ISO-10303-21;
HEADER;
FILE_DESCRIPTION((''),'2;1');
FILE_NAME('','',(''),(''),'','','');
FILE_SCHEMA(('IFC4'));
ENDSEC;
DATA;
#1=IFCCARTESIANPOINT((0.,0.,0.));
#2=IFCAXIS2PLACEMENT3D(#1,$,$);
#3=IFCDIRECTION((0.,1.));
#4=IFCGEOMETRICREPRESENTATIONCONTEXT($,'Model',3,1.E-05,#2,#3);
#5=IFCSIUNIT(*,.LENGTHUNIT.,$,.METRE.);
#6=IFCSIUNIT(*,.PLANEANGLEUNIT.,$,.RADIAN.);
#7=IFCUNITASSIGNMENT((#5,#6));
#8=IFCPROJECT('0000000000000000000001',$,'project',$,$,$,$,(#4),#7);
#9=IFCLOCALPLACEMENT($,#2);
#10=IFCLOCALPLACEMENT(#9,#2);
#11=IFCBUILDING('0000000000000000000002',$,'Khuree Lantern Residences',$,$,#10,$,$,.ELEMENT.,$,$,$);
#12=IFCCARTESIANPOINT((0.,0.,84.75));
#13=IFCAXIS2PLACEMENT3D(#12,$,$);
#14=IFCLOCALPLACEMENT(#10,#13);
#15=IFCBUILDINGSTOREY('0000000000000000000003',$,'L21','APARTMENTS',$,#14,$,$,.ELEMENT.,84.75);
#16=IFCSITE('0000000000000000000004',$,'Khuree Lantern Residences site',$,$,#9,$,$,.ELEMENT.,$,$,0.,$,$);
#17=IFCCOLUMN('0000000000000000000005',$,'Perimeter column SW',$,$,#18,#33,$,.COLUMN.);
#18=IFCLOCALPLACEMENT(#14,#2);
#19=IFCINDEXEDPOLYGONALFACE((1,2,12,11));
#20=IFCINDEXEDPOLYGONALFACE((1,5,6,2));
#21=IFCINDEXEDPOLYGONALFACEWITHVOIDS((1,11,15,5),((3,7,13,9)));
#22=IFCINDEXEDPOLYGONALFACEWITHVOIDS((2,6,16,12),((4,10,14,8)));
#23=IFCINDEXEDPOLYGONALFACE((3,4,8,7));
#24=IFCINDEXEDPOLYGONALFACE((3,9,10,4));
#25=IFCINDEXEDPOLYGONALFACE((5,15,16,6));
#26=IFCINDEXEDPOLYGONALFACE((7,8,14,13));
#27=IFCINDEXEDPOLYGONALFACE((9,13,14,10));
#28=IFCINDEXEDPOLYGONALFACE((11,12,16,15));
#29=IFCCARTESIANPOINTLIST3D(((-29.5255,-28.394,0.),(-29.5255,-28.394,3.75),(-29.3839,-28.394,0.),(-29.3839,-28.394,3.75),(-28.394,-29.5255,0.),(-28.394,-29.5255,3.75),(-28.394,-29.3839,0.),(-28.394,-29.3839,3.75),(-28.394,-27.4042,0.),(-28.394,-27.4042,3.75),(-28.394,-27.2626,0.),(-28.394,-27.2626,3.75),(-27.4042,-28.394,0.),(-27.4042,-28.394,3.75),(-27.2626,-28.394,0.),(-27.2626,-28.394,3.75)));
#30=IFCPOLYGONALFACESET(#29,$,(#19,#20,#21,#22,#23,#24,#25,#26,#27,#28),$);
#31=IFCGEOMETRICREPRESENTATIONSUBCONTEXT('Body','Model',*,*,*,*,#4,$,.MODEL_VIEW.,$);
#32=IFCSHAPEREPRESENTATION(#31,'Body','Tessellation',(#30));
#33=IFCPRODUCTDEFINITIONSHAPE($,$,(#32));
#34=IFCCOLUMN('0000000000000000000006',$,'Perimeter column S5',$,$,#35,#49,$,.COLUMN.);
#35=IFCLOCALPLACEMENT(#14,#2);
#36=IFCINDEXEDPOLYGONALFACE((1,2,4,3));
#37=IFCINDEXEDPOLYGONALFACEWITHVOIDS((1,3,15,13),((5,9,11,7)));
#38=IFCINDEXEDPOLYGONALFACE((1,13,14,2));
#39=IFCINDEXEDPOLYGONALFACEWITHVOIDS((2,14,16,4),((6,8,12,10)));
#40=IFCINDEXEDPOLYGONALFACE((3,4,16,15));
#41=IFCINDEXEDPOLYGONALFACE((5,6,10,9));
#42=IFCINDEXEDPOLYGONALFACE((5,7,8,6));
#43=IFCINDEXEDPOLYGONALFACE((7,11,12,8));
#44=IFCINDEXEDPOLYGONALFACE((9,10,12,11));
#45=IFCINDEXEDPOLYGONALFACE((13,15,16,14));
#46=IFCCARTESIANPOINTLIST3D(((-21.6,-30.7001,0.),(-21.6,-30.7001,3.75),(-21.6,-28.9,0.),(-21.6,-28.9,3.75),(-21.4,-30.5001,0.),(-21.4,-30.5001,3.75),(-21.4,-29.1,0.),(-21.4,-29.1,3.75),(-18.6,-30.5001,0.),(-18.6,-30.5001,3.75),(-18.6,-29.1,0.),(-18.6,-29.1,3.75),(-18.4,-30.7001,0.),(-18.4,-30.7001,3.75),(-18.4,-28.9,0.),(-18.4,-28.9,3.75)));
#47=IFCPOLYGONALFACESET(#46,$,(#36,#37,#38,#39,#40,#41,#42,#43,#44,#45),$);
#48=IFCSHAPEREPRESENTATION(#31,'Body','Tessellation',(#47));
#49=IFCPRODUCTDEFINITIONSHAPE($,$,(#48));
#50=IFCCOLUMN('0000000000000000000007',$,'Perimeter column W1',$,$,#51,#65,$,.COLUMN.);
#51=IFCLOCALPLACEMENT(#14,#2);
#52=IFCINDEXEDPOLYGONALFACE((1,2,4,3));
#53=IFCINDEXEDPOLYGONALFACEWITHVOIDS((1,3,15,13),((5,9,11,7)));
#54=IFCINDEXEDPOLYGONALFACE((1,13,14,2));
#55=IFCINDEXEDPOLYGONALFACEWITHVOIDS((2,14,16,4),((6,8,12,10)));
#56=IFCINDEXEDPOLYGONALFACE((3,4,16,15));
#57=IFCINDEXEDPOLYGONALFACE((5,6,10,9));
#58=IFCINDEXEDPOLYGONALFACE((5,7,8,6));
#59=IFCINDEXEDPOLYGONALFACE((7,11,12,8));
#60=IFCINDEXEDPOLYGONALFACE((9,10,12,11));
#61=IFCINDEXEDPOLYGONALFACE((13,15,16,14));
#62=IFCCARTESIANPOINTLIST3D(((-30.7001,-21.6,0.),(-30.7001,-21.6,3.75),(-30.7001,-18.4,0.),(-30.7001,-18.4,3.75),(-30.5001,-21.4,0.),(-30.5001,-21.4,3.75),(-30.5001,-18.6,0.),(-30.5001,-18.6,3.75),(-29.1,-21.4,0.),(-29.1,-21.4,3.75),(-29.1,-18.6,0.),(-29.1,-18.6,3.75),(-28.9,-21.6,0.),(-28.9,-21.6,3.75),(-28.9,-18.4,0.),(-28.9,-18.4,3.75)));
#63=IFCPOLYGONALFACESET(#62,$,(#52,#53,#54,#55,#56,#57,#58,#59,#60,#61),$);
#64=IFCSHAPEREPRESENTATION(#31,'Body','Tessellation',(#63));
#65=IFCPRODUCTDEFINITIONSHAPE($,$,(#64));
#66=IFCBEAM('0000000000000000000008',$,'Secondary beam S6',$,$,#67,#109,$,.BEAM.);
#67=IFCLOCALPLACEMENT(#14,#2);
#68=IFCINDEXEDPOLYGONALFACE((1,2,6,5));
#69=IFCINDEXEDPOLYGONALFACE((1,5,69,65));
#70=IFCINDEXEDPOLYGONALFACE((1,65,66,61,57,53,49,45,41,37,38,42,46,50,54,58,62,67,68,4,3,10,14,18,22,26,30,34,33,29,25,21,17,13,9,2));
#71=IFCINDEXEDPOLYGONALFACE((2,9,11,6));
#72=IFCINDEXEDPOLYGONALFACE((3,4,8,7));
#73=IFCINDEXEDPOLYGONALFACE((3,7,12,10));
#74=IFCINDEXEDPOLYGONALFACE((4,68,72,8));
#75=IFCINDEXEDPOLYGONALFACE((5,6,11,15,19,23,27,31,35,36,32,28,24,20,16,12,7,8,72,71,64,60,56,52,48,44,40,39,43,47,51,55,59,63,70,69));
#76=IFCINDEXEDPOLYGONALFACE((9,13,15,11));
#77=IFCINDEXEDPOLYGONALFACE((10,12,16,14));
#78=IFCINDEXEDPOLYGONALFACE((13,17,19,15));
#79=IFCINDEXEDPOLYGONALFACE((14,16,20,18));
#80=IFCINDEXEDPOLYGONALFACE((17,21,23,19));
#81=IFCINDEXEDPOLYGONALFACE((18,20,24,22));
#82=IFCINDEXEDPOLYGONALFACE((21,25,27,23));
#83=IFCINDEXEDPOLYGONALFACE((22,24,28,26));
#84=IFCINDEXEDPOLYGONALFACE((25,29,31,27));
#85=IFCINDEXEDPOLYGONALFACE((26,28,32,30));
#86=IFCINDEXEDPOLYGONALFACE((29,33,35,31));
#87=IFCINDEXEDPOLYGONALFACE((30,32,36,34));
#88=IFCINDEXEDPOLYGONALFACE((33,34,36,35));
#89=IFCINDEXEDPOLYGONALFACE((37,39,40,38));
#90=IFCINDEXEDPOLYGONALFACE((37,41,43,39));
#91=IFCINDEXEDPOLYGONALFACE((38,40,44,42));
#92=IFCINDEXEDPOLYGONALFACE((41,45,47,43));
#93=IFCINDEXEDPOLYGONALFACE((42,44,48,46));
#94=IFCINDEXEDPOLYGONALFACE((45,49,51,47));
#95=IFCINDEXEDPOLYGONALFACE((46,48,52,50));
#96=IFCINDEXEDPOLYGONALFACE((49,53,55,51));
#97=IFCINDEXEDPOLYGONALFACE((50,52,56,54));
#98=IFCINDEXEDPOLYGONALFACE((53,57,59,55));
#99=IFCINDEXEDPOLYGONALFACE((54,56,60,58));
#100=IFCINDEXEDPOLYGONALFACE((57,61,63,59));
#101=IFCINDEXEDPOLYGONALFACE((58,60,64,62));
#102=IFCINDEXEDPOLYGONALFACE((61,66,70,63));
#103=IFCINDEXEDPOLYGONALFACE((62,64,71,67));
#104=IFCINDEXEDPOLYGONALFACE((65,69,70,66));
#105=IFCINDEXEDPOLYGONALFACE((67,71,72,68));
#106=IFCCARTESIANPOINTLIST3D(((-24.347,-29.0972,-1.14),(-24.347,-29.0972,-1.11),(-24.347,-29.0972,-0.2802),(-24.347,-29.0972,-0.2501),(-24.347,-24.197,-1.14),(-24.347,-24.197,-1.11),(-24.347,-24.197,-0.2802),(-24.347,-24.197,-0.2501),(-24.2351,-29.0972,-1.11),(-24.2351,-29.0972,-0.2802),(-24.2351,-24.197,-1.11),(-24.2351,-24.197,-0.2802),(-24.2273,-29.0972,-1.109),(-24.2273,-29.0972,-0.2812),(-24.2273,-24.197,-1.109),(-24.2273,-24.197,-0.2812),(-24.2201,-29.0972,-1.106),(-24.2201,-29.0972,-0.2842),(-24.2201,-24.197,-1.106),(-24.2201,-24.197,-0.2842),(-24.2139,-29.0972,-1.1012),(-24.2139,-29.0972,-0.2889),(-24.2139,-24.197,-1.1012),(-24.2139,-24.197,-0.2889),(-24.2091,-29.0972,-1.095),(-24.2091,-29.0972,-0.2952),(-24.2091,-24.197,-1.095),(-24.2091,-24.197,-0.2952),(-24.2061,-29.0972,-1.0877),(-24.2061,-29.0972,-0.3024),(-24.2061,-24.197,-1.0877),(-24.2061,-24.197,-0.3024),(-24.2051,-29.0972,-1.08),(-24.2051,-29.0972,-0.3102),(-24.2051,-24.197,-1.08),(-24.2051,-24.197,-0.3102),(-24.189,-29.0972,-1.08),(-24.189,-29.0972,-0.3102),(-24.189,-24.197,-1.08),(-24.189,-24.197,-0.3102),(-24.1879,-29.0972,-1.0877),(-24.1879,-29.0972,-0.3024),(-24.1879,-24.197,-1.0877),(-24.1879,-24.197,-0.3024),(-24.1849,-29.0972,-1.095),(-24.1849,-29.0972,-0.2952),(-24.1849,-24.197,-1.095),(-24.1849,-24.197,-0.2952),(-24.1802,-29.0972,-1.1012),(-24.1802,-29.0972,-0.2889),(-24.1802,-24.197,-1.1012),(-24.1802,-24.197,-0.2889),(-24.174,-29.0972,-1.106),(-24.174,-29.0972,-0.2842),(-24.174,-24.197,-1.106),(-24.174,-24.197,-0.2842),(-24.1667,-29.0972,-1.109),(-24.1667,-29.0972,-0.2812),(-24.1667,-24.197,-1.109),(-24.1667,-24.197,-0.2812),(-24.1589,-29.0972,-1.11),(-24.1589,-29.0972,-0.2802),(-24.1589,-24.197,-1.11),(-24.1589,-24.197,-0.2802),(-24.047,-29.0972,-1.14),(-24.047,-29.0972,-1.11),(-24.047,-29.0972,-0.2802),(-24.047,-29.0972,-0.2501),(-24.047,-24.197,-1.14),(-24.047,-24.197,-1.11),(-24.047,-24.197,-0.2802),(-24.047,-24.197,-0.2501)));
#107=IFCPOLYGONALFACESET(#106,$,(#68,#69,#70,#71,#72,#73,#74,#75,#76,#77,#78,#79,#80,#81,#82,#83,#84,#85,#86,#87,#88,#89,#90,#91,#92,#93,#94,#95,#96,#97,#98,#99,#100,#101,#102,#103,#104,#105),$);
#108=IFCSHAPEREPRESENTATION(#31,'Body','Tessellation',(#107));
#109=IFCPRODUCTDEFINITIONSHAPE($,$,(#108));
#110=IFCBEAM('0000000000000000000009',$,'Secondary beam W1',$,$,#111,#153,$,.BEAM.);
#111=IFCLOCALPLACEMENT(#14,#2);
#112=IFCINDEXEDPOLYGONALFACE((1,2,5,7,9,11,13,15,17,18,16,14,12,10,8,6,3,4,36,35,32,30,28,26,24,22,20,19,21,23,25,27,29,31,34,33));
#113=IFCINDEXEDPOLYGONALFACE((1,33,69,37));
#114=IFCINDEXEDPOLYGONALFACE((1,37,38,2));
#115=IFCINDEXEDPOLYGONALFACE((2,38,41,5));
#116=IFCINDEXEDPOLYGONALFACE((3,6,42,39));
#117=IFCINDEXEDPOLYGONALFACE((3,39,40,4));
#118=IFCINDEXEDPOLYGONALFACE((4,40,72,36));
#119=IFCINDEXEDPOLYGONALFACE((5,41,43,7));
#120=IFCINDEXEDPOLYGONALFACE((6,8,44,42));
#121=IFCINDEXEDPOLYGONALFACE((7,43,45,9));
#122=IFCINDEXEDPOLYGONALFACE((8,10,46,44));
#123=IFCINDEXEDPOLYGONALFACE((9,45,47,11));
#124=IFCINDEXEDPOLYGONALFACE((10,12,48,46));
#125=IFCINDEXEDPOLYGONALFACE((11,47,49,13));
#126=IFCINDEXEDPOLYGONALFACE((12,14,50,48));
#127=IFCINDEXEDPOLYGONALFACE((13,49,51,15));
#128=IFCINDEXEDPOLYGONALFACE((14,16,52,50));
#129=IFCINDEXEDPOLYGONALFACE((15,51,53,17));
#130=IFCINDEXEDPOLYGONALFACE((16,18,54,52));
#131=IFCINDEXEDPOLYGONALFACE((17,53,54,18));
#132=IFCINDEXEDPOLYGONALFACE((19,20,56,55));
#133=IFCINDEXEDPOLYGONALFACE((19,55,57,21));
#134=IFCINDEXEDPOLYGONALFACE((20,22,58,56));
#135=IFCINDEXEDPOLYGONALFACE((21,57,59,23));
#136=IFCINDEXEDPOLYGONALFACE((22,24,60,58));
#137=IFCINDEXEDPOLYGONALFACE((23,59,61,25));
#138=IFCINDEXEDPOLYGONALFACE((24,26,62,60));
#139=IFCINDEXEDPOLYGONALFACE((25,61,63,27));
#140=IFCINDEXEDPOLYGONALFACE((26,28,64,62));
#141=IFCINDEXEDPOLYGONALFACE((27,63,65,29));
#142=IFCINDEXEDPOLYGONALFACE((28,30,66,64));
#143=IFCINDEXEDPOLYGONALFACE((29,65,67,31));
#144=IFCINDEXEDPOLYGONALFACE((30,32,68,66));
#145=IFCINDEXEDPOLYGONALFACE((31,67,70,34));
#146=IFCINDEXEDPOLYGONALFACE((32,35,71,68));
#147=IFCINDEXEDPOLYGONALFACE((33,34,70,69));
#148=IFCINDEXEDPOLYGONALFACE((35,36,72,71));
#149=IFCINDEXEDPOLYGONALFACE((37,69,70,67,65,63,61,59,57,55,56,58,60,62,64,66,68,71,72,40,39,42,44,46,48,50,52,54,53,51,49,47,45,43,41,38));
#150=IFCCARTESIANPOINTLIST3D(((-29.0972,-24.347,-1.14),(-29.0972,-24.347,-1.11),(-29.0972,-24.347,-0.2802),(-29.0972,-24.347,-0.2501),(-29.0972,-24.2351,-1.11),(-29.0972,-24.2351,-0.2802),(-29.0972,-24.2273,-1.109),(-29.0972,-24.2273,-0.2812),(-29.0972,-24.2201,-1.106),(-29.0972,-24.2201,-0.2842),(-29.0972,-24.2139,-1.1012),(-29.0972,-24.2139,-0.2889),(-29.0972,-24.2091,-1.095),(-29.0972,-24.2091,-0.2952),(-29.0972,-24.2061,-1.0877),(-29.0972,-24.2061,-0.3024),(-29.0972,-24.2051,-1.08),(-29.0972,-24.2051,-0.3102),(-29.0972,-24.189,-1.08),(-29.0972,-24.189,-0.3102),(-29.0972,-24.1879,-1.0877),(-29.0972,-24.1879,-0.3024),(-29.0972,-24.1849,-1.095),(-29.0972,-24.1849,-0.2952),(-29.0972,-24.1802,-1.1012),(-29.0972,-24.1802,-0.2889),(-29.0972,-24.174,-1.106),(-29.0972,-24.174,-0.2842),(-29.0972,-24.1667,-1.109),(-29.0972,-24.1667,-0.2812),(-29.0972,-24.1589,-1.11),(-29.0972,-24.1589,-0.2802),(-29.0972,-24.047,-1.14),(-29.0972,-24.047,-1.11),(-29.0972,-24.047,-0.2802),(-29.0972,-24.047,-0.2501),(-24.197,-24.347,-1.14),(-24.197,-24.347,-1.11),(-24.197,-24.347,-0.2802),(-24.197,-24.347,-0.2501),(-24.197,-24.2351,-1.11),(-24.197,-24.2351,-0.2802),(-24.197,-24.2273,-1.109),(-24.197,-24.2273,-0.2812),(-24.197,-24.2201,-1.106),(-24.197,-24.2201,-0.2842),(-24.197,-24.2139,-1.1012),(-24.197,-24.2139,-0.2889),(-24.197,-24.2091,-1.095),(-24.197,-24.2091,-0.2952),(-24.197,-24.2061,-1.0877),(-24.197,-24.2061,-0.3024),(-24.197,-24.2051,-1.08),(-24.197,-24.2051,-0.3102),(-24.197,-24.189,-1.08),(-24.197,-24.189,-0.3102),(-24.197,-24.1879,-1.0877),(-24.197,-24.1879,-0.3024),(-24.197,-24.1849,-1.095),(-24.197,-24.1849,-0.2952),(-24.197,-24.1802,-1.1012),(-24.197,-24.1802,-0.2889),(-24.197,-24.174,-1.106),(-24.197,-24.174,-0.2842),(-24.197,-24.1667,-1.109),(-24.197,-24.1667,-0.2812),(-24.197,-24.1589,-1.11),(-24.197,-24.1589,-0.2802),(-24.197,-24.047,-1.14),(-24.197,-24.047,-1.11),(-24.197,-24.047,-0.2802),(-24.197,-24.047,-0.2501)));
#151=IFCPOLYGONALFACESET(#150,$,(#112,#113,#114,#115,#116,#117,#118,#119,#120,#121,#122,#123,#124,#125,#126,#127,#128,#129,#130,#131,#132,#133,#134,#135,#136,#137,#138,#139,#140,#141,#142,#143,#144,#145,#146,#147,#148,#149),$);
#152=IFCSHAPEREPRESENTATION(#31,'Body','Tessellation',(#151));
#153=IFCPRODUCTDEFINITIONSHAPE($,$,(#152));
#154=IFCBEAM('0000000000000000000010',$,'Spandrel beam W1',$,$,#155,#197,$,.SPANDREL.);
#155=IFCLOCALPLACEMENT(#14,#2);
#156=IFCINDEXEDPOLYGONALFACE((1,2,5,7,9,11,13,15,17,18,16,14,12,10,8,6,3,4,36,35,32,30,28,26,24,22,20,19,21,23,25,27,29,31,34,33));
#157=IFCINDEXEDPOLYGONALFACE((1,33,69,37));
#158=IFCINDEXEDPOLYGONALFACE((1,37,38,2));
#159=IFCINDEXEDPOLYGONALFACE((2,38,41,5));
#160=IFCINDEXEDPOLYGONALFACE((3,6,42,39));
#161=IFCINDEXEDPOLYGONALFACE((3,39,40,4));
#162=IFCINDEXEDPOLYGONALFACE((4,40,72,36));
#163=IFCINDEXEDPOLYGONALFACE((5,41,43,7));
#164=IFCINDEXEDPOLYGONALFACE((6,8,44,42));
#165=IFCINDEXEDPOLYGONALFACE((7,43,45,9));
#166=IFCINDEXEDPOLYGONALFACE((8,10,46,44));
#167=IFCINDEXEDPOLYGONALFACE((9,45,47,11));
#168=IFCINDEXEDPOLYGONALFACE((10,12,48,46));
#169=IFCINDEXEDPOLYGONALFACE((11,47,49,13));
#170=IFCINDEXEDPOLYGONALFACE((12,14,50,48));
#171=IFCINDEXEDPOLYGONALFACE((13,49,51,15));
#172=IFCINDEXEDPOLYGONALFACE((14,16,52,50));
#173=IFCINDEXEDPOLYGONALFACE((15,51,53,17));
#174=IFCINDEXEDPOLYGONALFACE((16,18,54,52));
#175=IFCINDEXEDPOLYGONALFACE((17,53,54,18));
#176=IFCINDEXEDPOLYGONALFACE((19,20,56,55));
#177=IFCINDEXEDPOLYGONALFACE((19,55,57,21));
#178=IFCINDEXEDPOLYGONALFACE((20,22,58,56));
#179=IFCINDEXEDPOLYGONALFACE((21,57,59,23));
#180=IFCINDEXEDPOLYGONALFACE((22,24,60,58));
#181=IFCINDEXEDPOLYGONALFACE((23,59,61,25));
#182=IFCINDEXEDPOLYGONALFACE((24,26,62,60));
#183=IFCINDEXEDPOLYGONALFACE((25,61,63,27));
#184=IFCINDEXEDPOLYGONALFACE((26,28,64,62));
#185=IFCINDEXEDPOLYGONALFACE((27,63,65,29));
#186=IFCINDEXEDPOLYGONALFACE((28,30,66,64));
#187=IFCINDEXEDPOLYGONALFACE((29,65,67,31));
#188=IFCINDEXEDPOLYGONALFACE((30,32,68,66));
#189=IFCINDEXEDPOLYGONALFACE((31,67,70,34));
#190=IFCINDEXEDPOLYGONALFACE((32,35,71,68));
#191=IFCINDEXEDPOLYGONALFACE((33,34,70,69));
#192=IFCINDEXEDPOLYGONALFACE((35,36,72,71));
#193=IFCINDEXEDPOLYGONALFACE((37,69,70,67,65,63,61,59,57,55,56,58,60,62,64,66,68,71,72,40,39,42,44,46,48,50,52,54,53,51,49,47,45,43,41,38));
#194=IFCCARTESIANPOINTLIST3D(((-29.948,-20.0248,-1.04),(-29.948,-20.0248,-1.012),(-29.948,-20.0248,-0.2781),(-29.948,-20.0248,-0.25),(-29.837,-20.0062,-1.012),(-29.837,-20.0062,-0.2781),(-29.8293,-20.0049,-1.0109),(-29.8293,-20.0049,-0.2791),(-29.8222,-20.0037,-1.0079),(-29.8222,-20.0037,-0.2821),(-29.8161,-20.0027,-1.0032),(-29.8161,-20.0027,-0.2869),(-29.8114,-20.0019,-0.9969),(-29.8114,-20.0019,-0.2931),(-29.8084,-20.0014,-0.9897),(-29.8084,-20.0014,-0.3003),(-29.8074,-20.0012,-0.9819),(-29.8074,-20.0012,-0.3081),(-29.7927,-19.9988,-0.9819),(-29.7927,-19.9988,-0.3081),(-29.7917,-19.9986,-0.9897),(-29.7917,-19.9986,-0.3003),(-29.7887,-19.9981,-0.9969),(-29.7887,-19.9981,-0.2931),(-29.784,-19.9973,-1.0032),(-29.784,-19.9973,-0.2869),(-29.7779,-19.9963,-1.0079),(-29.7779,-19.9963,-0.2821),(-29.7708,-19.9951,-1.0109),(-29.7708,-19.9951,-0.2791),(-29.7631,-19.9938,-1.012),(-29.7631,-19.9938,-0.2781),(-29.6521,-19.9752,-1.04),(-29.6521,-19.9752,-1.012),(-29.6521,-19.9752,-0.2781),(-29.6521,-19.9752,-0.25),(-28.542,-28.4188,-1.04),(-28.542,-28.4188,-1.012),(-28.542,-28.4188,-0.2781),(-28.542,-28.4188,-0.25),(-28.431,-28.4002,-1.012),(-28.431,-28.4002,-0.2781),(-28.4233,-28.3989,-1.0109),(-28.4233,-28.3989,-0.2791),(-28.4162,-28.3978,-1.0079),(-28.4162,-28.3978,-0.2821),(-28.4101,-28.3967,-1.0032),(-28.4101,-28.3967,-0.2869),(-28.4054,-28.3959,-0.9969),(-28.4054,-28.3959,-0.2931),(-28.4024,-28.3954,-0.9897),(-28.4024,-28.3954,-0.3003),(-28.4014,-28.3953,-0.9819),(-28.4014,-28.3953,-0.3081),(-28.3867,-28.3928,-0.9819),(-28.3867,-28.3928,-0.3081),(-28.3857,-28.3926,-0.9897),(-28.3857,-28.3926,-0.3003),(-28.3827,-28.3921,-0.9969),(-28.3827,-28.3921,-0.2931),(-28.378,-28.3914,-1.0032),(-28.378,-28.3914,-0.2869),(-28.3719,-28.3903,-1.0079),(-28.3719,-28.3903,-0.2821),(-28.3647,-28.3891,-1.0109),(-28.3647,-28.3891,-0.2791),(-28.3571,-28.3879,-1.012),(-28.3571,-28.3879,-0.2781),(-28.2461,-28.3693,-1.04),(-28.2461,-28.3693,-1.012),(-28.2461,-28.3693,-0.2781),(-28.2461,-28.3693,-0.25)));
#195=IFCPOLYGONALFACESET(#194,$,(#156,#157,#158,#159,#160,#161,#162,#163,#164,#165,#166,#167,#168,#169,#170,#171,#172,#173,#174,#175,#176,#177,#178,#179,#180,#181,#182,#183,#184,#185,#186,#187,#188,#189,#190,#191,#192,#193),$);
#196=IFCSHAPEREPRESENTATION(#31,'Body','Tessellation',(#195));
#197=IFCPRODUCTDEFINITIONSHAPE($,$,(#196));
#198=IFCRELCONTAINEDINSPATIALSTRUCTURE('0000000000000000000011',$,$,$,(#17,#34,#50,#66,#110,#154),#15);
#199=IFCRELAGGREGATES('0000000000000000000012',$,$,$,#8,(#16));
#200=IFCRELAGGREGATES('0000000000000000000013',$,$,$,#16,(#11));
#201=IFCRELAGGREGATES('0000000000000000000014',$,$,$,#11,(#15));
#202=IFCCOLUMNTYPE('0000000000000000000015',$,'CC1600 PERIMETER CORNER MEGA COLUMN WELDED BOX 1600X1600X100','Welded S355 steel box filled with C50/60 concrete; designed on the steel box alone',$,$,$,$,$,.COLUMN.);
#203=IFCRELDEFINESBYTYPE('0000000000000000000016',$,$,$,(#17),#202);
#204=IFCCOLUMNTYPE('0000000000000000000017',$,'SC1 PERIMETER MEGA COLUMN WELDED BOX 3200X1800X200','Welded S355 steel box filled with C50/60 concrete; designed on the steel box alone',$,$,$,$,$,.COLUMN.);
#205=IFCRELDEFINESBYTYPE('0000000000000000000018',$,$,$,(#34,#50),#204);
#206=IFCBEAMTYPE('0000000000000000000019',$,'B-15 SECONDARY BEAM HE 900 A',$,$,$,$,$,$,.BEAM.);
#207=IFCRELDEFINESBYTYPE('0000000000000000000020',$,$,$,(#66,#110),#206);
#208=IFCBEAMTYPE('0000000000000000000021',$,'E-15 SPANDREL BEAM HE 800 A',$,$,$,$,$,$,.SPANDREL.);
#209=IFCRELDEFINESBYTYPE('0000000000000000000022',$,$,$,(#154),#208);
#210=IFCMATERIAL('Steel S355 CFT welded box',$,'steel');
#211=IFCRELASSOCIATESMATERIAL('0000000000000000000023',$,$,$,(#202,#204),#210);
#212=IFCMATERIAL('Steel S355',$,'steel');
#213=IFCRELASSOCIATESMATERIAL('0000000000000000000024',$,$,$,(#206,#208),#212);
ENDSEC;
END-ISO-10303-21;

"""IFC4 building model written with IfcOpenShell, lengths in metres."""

from ifc_helpers import new_model, si_unit, direction, frame, origin, origin_2d, place, context, subcontext, project, spatial, hollow_rectangle, i_section, extrude, material, material_profile, profile_set, type_object, element, save


model = new_model("IFC4")

# Units and contexts
model_context = context("Model", 3, precision=1e-05, world=origin(), true_north=direction((0.0, 1.0)))
body_context = subcontext(model_context, "Body", "Model", "MODEL_VIEW")
ifc_project = project(units=[si_unit("LENGTHUNIT", "METRE"), si_unit("PLANEANGLEUNIT", "RADIAN")], contexts=[model_context])

# Site, building, storey
site_placement = place(None, origin())
site = spatial("IfcSite", under=ifc_project, at=site_placement, Name="Khuree Lantern Residences site", CompositionType="ELEMENT", RefElevation=0.0)
building_placement = place(site_placement, origin())
building = spatial("IfcBuilding", under=site, at=building_placement, Name="Khuree Lantern Residences", CompositionType="ELEMENT")
storey_placement = place(building_placement, frame((0.0, 0.0, 84.75)))
storey = spatial("IfcBuildingStorey", under=building, at=storey_placement, Name="L21", Description="APARTMENTS", CompositionType="ELEMENT", Elevation=84.75)

# Columns
ifc_material_1 = material(Name="Steel S355 CFT welded box", Category="steel")
ifc_material_profile_1 = material_profile(ifc_material_1, hollow_rectangle(XDim=1.6001, YDim=1.6001, WallThickness=0.1001, at=origin_2d()), Name="WELDED BOX 1600X1600X100")
ifc_profile_set_1 = profile_set([ifc_material_profile_1], Name="Steel S355 CFT welded box")
column_type_1 = type_object("IfcColumnType", Name="CC1600 PERIMETER CORNER MEGA COLUMN WELDED BOX 1600X1600X100", Description="Welded S355 steel box filled with C50/60 concrete; designed on the steel box alone", PredefinedType="COLUMN", material=ifc_profile_set_1)
column_placement = place(storey_placement, frame((-28.394, -28.394, 0.0), z_axis=(0.0, 0.0, 1.0), x_axis=(0.707107, -0.707107, 0.0)))
element("IfcColumn", 1, at=column_placement, inside=storey, type_object=column_type_1, Name="Perimeter column SW", PredefinedType="COLUMN", context=body_context, shape_type="SweptSolid", body=[
    extrude(hollow_rectangle(XDim=1.6001, YDim=1.6001, WallThickness=0.1001, at=origin_2d()), origin(), (0.0, 0.0, 1.0), 3.75),
])
ifc_material_profile_2 = material_profile(ifc_material_1, hollow_rectangle(XDim=3.2, YDim=1.8, WallThickness=0.2, at=origin_2d()), Name="WELDED BOX 3200X1800X200")
ifc_profile_set_2 = profile_set([ifc_material_profile_2], Name="Steel S355 CFT welded box")
column_type_2 = type_object("IfcColumnType", Name="SC1 PERIMETER MEGA COLUMN WELDED BOX 3200X1800X200", Description="Welded S355 steel box filled with C50/60 concrete; designed on the steel box alone", PredefinedType="COLUMN", material=ifc_profile_set_2)
for number, where, z_axis, x_axis, name in (
    (2, (-20.0, -29.8, 0.0), (0.0, 0.0, 1.0), (1.0, 0.0, 0.0), "Perimeter column S5"),
    (3, (-29.8, -20.0, 0.0), (0.0, 0.0, 1.0), (0.0, 1.0, 0.0), "Perimeter column W1"),
):
    element("IfcColumn", number, at=place(storey_placement, frame(where, z_axis=z_axis, x_axis=x_axis)), inside=storey, type_object=column_type_2, Name=name, PredefinedType="COLUMN", context=body_context, shape_type="SweptSolid", body=[
        extrude(hollow_rectangle(XDim=3.2, YDim=1.8, WallThickness=0.2, at=origin_2d()), origin(), (0.0, 0.0, 1.0), 3.75),
    ])

# Beams
ifc_material_2 = material(Name="Steel S355", Category="steel")
ifc_material_profile_3 = material_profile(ifc_material_2, i_section(OverallWidth=0.3, OverallDepth=0.8899, WebThickness=0.0161, FlangeThickness=0.03, FilletRadius=0.03, at=origin_2d()), Name="HE 900 A")
ifc_profile_set_3 = profile_set([ifc_material_profile_3], Name="Steel S355")
beam_type_1 = type_object("IfcBeamType", Name="B-15 SECONDARY BEAM HE 900 A", PredefinedType="BEAM", material=ifc_profile_set_3)
for number, where, z_axis, x_axis, name in (
    (4, (-24.197, -29.0972, -0.6951), (0.0, 1.0, 0.0), (-1.0, 0.0, 0.0), "Secondary beam S6"),
    (5, (-29.0972, -24.197, -0.6951), (1.0, 0.0, 0.0), (0.0, 1.0, 0.0), "Secondary beam W1"),
):
    element("IfcBeam", number, at=place(storey_placement, frame(where, z_axis=z_axis, x_axis=x_axis)), inside=storey, type_object=beam_type_1, Name=name, PredefinedType="BEAM", context=body_context, shape_type="SweptSolid", body=[
        extrude(i_section(OverallWidth=0.3, OverallDepth=0.8899, WebThickness=0.0161, FlangeThickness=0.03, FilletRadius=0.03, at=origin_2d()), origin(), (0.0, 0.0, 1.0), 4.9001),
    ])
ifc_material_profile_4 = material_profile(ifc_material_2, i_section(OverallWidth=0.3, OverallDepth=0.79, WebThickness=0.0149, FlangeThickness=0.0281, FilletRadius=0.03, at=origin_2d()), Name="HE 800 A")
ifc_profile_set_4 = profile_set([ifc_material_profile_4], Name="Steel S355")
beam_type_2 = type_object("IfcBeamType", Name="E-15 SPANDREL BEAM HE 800 A", PredefinedType="SPANDREL", material=ifc_profile_set_4)
beam_1_placement = place(storey_placement, frame((-28.394, -28.394, -0.645), z_axis=(-0.165199, 0.98626, 0.0), x_axis=(-0.98626, -0.165199, 0.0)))
element("IfcBeam", 6, at=beam_1_placement, inside=storey, type_object=beam_type_2, Name="Spandrel beam W1", PredefinedType="SPANDREL", context=body_context, shape_type="SweptSolid", body=[
    extrude(i_section(OverallWidth=0.3, OverallDepth=0.79, WebThickness=0.0149, FlangeThickness=0.0281, FilletRadius=0.03, at=origin_2d()), origin(), (0.0, 0.0, 1.0), 8.511),
])

save(model, "model.ifc")
